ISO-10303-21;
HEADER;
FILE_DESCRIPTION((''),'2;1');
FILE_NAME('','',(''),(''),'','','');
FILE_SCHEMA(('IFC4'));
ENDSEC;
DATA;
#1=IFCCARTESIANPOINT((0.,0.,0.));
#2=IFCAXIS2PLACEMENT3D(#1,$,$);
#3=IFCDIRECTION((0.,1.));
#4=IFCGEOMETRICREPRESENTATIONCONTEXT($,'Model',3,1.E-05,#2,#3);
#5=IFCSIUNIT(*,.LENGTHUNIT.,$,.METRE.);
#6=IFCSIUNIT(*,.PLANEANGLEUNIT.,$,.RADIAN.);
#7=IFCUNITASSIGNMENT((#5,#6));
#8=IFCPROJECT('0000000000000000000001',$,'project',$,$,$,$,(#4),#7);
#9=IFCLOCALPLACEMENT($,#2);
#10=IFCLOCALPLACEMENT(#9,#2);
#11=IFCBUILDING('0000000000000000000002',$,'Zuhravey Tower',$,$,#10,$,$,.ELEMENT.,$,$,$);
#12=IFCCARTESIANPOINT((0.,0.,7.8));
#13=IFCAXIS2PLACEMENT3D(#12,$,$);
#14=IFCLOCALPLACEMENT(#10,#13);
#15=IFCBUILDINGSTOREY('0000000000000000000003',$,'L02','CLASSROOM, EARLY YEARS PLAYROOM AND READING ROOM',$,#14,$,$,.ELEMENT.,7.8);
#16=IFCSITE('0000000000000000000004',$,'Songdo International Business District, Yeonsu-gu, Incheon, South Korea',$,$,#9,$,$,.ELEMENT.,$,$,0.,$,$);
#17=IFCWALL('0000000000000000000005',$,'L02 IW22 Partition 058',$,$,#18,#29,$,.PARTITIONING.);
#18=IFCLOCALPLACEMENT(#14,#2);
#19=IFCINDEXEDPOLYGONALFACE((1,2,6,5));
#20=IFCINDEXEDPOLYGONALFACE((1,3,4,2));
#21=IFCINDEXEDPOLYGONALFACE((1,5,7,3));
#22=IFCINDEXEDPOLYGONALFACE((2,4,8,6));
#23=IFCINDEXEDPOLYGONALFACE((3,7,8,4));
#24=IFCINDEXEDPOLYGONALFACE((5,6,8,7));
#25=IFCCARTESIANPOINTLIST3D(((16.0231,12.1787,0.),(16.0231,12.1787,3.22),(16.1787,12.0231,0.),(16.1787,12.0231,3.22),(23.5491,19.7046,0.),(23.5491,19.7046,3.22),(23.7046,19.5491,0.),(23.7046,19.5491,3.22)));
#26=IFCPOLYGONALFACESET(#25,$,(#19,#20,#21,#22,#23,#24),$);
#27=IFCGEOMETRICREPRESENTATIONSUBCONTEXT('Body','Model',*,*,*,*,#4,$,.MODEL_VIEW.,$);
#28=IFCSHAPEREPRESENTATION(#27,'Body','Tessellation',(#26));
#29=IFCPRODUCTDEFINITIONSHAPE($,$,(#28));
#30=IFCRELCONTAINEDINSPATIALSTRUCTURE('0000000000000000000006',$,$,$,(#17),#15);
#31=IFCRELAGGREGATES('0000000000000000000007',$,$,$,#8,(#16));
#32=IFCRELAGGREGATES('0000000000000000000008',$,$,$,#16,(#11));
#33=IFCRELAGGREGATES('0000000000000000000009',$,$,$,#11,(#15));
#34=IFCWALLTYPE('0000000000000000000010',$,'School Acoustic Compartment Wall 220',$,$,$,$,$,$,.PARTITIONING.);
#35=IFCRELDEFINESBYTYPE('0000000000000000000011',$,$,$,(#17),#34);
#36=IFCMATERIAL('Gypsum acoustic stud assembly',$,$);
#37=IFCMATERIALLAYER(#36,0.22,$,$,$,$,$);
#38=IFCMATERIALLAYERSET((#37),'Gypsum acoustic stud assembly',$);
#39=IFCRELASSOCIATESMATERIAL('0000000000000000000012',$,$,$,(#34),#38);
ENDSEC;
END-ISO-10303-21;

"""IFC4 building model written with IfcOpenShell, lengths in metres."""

from ifc_helpers import new_model, si_unit, direction, frame, frame_2d, origin, place, context, subcontext, project, spatial, rectangle, extrude, material, layer, layer_set, type_object, element, save


model = new_model("IFC4")

# Units and contexts
model_context = context("Model", 3, precision=1e-05, world=origin(), true_north=direction((0.0, 1.0)))
body_context = subcontext(model_context, "Body", "Model", "MODEL_VIEW")
ifc_project = project(units=[si_unit("LENGTHUNIT", "METRE"), si_unit("PLANEANGLEUNIT", "RADIAN")], contexts=[model_context])

# Site, building, storey
site_placement = place(None, origin())
site = spatial("IfcSite", under=ifc_project, at=site_placement, Name="Songdo International Business District, Yeonsu-gu, Incheon, South Korea", CompositionType="ELEMENT", RefElevation=0.0)
building_placement = place(site_placement, origin())
building = spatial("IfcBuilding", under=site, at=building_placement, Name="Zuhravey Tower", CompositionType="ELEMENT")
storey_placement = place(building_placement, frame((0.0, 0.0, 7.8)))
storey = spatial("IfcBuildingStorey", under=building, at=storey_placement, Name="L02", Description="CLASSROOM, EARLY YEARS PLAYROOM AND READING ROOM", CompositionType="ELEMENT", Elevation=7.8)

# Wall
ifc_material_1 = material(Name="Gypsum acoustic stud assembly")
ifc_layer_1 = layer(ifc_material_1, 0.22)
ifc_layer_set_1 = layer_set([ifc_layer_1], Name="Gypsum acoustic stud assembly")
wall_type_1 = type_object("IfcWallType", Name="School Acoustic Compartment Wall 220", PredefinedType="PARTITIONING", material=ifc_layer_set_1)
wall_1_placement = place(storey_placement, frame((23.627, 19.627, 0.0), z_axis=(0.0, 0.0, 1.0), x_axis=(-0.707107, -0.707107, 0.0)))
element("IfcWall", 1, at=wall_1_placement, inside=storey, type_object=wall_type_1, Name="L02 IW22 Partition 058", PredefinedType="PARTITIONING", context=body_context, shape_type="SweptSolid", body=[
    extrude(rectangle(XDim=10.6433, YDim=0.22, at=frame_2d((5.3218, 0.0))), origin(), (0.0, 0.0, 1.0), 3.22),
])

save(model, "model.ifc")
